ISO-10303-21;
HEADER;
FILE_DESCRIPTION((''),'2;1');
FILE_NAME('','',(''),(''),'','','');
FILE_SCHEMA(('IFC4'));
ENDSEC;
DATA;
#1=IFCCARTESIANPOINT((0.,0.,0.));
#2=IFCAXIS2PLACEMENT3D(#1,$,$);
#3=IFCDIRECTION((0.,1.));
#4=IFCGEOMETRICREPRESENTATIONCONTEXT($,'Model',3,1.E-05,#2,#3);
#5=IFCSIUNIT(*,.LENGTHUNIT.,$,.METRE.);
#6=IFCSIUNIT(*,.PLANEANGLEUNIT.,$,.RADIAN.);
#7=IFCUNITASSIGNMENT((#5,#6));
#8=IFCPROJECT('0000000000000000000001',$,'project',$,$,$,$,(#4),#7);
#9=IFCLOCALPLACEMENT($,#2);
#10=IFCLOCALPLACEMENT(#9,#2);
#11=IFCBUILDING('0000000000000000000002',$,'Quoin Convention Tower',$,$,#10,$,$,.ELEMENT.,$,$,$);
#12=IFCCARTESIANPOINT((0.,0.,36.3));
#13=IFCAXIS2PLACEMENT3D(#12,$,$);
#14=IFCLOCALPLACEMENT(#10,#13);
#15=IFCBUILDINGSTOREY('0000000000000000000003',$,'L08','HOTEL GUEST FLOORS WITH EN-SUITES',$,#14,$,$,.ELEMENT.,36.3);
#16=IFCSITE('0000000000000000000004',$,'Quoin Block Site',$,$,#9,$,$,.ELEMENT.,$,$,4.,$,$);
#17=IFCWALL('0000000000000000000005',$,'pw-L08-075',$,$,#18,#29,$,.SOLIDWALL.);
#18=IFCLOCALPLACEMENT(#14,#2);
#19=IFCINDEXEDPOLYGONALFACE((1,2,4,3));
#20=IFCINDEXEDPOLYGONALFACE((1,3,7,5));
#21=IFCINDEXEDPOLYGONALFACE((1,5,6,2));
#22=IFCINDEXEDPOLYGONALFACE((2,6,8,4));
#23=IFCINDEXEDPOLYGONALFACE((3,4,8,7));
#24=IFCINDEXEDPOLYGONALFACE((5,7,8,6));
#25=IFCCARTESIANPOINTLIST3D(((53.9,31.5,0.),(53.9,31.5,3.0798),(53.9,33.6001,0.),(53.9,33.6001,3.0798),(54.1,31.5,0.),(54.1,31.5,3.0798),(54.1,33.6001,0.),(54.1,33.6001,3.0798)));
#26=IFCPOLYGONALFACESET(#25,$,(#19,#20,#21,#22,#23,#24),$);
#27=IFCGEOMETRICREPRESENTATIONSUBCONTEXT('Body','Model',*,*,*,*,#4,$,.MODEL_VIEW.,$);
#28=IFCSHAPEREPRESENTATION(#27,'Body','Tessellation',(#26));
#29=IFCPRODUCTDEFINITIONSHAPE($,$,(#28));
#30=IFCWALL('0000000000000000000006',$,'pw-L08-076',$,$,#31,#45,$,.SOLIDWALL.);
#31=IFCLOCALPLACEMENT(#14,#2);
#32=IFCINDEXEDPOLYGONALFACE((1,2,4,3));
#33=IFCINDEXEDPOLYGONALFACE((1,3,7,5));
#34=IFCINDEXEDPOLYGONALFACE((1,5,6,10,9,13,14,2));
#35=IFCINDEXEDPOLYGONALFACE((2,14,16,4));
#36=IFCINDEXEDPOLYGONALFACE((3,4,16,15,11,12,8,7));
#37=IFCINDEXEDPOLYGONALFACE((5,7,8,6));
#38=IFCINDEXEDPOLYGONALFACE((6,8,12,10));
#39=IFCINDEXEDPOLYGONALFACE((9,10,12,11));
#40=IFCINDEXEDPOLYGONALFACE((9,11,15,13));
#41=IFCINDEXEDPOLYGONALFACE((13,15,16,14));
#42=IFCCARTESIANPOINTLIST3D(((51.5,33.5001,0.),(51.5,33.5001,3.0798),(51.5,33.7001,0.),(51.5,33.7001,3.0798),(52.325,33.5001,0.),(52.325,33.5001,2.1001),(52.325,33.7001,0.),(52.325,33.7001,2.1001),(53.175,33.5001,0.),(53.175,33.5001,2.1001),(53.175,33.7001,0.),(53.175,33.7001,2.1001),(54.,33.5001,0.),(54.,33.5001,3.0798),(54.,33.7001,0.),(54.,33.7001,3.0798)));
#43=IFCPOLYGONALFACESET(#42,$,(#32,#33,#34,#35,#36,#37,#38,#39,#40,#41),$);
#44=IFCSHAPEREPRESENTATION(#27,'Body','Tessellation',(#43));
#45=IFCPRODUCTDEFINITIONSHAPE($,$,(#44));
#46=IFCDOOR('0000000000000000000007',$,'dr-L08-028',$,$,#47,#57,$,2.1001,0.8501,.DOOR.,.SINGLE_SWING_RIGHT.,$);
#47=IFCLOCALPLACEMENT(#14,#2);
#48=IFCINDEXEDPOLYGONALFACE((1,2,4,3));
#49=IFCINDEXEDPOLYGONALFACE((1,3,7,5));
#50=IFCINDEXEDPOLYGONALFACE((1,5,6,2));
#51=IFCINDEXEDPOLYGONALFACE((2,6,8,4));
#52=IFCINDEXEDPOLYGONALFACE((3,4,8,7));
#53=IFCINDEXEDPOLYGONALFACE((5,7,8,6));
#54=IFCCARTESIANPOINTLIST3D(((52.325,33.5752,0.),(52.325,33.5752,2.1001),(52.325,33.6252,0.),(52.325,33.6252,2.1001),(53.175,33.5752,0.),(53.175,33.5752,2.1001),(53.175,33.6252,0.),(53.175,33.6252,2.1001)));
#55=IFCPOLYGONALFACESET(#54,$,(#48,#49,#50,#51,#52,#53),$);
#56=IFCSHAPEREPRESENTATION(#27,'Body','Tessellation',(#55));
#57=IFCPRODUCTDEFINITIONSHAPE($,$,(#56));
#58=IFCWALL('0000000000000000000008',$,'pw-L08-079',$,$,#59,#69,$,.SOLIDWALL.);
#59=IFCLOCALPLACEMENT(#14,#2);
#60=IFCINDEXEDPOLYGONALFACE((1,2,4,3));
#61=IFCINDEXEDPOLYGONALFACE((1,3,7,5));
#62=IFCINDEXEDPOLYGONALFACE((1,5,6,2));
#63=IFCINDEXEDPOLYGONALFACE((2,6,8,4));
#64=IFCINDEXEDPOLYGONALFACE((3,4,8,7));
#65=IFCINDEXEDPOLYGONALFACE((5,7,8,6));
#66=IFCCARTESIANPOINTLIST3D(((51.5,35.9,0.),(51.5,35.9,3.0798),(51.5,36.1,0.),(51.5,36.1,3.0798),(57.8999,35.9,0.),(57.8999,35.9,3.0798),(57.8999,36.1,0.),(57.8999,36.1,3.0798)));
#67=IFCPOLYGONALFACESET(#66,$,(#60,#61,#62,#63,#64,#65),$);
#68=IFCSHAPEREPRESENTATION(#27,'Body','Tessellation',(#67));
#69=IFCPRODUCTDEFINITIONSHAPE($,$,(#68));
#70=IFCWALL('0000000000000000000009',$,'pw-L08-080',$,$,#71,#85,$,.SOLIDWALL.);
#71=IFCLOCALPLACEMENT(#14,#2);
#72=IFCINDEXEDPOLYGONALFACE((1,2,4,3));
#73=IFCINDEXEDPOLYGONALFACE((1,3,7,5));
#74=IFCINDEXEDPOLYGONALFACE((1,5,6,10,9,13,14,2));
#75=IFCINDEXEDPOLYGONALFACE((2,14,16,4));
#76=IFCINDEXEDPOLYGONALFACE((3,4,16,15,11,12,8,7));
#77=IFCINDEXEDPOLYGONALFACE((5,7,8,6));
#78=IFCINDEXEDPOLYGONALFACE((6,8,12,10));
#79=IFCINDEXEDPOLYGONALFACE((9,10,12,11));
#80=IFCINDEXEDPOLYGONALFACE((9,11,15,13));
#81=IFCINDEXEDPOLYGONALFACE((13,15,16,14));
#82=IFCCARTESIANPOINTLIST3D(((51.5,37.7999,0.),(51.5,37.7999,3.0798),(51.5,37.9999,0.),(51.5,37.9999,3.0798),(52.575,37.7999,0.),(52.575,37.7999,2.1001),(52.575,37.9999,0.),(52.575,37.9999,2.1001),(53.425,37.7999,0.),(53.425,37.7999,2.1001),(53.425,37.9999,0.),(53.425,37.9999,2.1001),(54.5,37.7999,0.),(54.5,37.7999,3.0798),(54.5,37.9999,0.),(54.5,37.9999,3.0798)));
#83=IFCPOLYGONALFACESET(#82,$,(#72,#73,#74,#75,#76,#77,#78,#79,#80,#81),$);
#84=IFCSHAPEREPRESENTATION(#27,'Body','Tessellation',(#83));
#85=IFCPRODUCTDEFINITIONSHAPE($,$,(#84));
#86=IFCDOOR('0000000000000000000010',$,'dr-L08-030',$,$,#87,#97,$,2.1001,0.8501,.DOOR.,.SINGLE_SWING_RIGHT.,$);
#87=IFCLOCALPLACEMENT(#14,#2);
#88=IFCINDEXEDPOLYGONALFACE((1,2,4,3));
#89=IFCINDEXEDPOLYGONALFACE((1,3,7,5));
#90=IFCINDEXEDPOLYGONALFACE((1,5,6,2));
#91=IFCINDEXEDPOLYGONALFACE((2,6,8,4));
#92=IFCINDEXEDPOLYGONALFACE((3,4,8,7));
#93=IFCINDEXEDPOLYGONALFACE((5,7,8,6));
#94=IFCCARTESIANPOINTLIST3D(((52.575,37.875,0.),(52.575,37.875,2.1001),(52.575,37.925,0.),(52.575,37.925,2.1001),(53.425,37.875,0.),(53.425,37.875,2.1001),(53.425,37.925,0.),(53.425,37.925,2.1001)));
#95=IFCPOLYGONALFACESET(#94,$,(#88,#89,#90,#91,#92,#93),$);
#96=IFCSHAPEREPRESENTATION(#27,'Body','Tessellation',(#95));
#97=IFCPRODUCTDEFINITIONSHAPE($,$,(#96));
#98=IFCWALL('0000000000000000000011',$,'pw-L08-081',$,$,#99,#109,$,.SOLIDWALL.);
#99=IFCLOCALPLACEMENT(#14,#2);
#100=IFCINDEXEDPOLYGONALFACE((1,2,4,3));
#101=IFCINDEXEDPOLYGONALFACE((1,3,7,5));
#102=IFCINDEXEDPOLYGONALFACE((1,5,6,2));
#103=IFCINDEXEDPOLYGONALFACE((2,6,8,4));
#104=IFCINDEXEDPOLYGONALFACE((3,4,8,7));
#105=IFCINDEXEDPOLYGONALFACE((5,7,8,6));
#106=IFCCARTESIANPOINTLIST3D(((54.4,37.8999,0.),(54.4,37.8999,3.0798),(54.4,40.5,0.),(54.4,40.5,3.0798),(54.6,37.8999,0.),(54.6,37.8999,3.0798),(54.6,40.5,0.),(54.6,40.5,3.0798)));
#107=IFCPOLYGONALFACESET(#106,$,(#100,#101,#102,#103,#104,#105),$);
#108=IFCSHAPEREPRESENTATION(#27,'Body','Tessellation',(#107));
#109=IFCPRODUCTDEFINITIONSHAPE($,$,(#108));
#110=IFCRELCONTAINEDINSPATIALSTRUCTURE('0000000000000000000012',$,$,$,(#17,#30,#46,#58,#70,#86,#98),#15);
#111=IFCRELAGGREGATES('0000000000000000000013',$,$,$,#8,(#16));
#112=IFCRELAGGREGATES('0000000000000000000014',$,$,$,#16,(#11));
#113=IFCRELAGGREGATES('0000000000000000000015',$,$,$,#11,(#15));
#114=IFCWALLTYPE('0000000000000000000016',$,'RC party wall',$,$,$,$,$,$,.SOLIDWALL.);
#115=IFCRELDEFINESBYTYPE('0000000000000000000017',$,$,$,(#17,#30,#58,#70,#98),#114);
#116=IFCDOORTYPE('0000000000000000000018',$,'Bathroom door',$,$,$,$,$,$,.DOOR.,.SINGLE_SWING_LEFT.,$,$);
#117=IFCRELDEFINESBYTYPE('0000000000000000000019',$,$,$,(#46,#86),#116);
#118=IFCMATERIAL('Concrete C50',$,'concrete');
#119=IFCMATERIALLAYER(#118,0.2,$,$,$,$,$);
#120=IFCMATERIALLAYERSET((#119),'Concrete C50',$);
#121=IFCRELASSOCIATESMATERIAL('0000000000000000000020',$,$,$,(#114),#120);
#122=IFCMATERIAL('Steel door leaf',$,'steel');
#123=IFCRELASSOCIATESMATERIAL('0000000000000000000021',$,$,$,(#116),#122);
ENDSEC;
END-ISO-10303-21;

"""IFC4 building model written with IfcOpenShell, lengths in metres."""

from ifc_helpers import new_model, si_unit, direction, frame, frame_2d, origin, place, context, subcontext, project, spatial, rectangle, extrude, material, layer, layer_set, type_object, element, fill, save


model = new_model("IFC4")

# Units and contexts
model_context = context("Model", 3, precision=1e-05, world=origin(), true_north=direction((0.0, 1.0)))
body_context = subcontext(model_context, "Body", "Model", "MODEL_VIEW")
ifc_project = project(units=[si_unit("LENGTHUNIT", "METRE"), si_unit("PLANEANGLEUNIT", "RADIAN")], contexts=[model_context])

# Site, building, storey
site_placement = place(None, origin())
site = spatial("IfcSite", under=ifc_project, at=site_placement, Name="Quoin Block Site", CompositionType="ELEMENT", RefElevation=4.0)
building_placement = place(site_placement, origin())
building = spatial("IfcBuilding", under=site, at=building_placement, Name="Quoin Convention Tower", CompositionType="ELEMENT")
storey_placement = place(building_placement, frame((0.0, 0.0, 36.3)))
storey = spatial("IfcBuildingStorey", under=building, at=storey_placement, Name="L08", Description="HOTEL GUEST FLOORS WITH EN-SUITES", CompositionType="ELEMENT", Elevation=36.3)

# Shared definitions
ifc_material_1 = material(Name="Concrete C50", Category="concrete")
ifc_layer = layer(ifc_material_1, 0.2)
ifc_layer_set = layer_set([ifc_layer], Name="Concrete C50")
wall_type = type_object("IfcWallType", Name="RC party wall", PredefinedType="SOLIDWALL", material=ifc_layer_set)
ifc_material_2 = material(Name="Steel door leaf", Category="steel")
door_type = type_object("IfcDoorType", Name="Bathroom door", OperationType="SINGLE_SWING_LEFT", PredefinedType="DOOR", material=ifc_material_2)

# Wall
wall_1_placement = place(storey_placement, frame((54.0, 31.5, 0.0), z_axis=(0.0, 0.0, 1.0), x_axis=(0.0, 1.0, 0.0)))
element("IfcWall", 1, at=wall_1_placement, inside=storey, type_object=wall_type, Name="pw-L08-075", PredefinedType="SOLIDWALL", context=body_context, shape_type="SweptSolid", body=[
    extrude(rectangle(XDim=2.1001, YDim=0.2, at=frame_2d((1.05, 0.0))), origin(), (0.0, 0.0, 1.0), 3.0798),
])

# Wall, opening, door
wall_2_placement = place(storey_placement, frame((51.5, 33.6001, 0.0), z_axis=(0.0, 0.0, 1.0), x_axis=(1.0, 0.0, 0.0)))
wall_2 = element("IfcWall", 2, at=wall_2_placement, inside=storey, type_object=wall_type, Name="pw-L08-076", PredefinedType="SOLIDWALL", context=body_context, shape_type="SweptSolid", body=[
    extrude(rectangle(XDim=2.5, YDim=0.2, at=frame_2d((1.25, 0.0))), origin(), (0.0, 0.0, 1.0), 3.0798),
])
opening_1_placement = place(wall_2_placement, frame((0.825, 0.0, 0.0)))
opening_1 = element("IfcOpeningElement", 3, at=opening_1_placement, cuts=wall_2, PredefinedType="OPENING", context=body_context, shape_type="SweptSolid", body=[
    extrude(rectangle(XDim=0.8501, YDim=2.1001, at=frame_2d((0.425, 1.05))), frame((0.0, 0.1099, 0.0), z_axis=(0.0, -1.0, 0.0), x_axis=(1.0, 0.0, 0.0)), (0.0, 0.0, 1.0), 0.22),
])
door_1_placement = place(opening_1_placement, frame((0.8501, 0.0, 0.0), z_axis=(0.0, 0.0, 1.0), x_axis=(-1.0, 0.0, 0.0)))
door_1 = element("IfcDoor", 4, at=door_1_placement, inside=storey, type_object=door_type, Name="dr-L08-028", OperationType="SINGLE_SWING_RIGHT", OverallHeight=2.1001, OverallWidth=0.8501, PredefinedType="DOOR", context=body_context, shape_type="SweptSolid", body=[
    extrude(rectangle(XDim=0.8501, YDim=2.1001, at=frame_2d((0.425, 1.05))), frame((0.0, 0.0249, 0.0), z_axis=(0.0, -1.0, 0.0), x_axis=(1.0, 0.0, 0.0)), (0.0, 0.0, 1.0), 0.05),
])
fill(opening_1, door_1)

# Wall
wall_3_placement = place(storey_placement, frame((51.5, 36.0, 0.0), z_axis=(0.0, 0.0, 1.0), x_axis=(1.0, 0.0, 0.0)))
element("IfcWall", 5, at=wall_3_placement, inside=storey, type_object=wall_type, Name="pw-L08-079", PredefinedType="SOLIDWALL", context=body_context, shape_type="SweptSolid", body=[
    extrude(rectangle(XDim=6.3999, YDim=0.2, at=frame_2d((3.2, 0.0))), origin(), (0.0, 0.0, 1.0), 3.0798),
])

# Wall, opening, door
wall_4_placement = place(storey_placement, frame((51.5, 37.8999, 0.0), z_axis=(0.0, 0.0, 1.0), x_axis=(1.0, 0.0, 0.0)))
wall_4 = element("IfcWall", 6, at=wall_4_placement, inside=storey, type_object=wall_type, Name="pw-L08-080", PredefinedType="SOLIDWALL", context=body_context, shape_type="SweptSolid", body=[
    extrude(rectangle(XDim=3.0, YDim=0.2, at=frame_2d((1.5, 0.0))), origin(), (0.0, 0.0, 1.0), 3.0798),
])
opening_2_placement = place(wall_4_placement, frame((1.075, 0.0, 0.0)))
opening_2 = element("IfcOpeningElement", 7, at=opening_2_placement, cuts=wall_4, PredefinedType="OPENING", context=body_context, shape_type="SweptSolid", body=[
    extrude(rectangle(XDim=0.8501, YDim=2.1001, at=frame_2d((0.425, 1.05))), frame((0.0, 0.1099, 0.0), z_axis=(0.0, -1.0, 0.0), x_axis=(1.0, 0.0, 0.0)), (0.0, 0.0, 1.0), 0.22),
])
door_2_placement = place(opening_2_placement, frame((0.8501, 0.0, 0.0), z_axis=(0.0, 0.0, 1.0), x_axis=(-1.0, 0.0, 0.0)))
door_2 = element("IfcDoor", 8, at=door_2_placement, inside=storey, type_object=door_type, Name="dr-L08-030", OperationType="SINGLE_SWING_RIGHT", OverallHeight=2.1001, OverallWidth=0.8501, PredefinedType="DOOR", context=body_context, shape_type="SweptSolid", body=[
    extrude(rectangle(XDim=0.8501, YDim=2.1001, at=frame_2d((0.425, 1.05))), frame((0.0, 0.0249, 0.0), z_axis=(0.0, -1.0, 0.0), x_axis=(1.0, 0.0, 0.0)), (0.0, 0.0, 1.0), 0.05),
])
fill(opening_2, door_2)

# Wall
wall_5_placement = place(storey_placement, frame((54.5, 37.8999, 0.0), z_axis=(0.0, 0.0, 1.0), x_axis=(0.0, 1.0, 0.0)))
element("IfcWall", 9, at=wall_5_placement, inside=storey, type_object=wall_type, Name="pw-L08-081", PredefinedType="SOLIDWALL", context=body_context, shape_type="SweptSolid", body=[
    extrude(rectangle(XDim=2.6001, YDim=0.2, at=frame_2d((1.3, 0.0))), origin(), (0.0, 0.0, 1.0), 3.0798),
])

save(model, "model.ifc")
